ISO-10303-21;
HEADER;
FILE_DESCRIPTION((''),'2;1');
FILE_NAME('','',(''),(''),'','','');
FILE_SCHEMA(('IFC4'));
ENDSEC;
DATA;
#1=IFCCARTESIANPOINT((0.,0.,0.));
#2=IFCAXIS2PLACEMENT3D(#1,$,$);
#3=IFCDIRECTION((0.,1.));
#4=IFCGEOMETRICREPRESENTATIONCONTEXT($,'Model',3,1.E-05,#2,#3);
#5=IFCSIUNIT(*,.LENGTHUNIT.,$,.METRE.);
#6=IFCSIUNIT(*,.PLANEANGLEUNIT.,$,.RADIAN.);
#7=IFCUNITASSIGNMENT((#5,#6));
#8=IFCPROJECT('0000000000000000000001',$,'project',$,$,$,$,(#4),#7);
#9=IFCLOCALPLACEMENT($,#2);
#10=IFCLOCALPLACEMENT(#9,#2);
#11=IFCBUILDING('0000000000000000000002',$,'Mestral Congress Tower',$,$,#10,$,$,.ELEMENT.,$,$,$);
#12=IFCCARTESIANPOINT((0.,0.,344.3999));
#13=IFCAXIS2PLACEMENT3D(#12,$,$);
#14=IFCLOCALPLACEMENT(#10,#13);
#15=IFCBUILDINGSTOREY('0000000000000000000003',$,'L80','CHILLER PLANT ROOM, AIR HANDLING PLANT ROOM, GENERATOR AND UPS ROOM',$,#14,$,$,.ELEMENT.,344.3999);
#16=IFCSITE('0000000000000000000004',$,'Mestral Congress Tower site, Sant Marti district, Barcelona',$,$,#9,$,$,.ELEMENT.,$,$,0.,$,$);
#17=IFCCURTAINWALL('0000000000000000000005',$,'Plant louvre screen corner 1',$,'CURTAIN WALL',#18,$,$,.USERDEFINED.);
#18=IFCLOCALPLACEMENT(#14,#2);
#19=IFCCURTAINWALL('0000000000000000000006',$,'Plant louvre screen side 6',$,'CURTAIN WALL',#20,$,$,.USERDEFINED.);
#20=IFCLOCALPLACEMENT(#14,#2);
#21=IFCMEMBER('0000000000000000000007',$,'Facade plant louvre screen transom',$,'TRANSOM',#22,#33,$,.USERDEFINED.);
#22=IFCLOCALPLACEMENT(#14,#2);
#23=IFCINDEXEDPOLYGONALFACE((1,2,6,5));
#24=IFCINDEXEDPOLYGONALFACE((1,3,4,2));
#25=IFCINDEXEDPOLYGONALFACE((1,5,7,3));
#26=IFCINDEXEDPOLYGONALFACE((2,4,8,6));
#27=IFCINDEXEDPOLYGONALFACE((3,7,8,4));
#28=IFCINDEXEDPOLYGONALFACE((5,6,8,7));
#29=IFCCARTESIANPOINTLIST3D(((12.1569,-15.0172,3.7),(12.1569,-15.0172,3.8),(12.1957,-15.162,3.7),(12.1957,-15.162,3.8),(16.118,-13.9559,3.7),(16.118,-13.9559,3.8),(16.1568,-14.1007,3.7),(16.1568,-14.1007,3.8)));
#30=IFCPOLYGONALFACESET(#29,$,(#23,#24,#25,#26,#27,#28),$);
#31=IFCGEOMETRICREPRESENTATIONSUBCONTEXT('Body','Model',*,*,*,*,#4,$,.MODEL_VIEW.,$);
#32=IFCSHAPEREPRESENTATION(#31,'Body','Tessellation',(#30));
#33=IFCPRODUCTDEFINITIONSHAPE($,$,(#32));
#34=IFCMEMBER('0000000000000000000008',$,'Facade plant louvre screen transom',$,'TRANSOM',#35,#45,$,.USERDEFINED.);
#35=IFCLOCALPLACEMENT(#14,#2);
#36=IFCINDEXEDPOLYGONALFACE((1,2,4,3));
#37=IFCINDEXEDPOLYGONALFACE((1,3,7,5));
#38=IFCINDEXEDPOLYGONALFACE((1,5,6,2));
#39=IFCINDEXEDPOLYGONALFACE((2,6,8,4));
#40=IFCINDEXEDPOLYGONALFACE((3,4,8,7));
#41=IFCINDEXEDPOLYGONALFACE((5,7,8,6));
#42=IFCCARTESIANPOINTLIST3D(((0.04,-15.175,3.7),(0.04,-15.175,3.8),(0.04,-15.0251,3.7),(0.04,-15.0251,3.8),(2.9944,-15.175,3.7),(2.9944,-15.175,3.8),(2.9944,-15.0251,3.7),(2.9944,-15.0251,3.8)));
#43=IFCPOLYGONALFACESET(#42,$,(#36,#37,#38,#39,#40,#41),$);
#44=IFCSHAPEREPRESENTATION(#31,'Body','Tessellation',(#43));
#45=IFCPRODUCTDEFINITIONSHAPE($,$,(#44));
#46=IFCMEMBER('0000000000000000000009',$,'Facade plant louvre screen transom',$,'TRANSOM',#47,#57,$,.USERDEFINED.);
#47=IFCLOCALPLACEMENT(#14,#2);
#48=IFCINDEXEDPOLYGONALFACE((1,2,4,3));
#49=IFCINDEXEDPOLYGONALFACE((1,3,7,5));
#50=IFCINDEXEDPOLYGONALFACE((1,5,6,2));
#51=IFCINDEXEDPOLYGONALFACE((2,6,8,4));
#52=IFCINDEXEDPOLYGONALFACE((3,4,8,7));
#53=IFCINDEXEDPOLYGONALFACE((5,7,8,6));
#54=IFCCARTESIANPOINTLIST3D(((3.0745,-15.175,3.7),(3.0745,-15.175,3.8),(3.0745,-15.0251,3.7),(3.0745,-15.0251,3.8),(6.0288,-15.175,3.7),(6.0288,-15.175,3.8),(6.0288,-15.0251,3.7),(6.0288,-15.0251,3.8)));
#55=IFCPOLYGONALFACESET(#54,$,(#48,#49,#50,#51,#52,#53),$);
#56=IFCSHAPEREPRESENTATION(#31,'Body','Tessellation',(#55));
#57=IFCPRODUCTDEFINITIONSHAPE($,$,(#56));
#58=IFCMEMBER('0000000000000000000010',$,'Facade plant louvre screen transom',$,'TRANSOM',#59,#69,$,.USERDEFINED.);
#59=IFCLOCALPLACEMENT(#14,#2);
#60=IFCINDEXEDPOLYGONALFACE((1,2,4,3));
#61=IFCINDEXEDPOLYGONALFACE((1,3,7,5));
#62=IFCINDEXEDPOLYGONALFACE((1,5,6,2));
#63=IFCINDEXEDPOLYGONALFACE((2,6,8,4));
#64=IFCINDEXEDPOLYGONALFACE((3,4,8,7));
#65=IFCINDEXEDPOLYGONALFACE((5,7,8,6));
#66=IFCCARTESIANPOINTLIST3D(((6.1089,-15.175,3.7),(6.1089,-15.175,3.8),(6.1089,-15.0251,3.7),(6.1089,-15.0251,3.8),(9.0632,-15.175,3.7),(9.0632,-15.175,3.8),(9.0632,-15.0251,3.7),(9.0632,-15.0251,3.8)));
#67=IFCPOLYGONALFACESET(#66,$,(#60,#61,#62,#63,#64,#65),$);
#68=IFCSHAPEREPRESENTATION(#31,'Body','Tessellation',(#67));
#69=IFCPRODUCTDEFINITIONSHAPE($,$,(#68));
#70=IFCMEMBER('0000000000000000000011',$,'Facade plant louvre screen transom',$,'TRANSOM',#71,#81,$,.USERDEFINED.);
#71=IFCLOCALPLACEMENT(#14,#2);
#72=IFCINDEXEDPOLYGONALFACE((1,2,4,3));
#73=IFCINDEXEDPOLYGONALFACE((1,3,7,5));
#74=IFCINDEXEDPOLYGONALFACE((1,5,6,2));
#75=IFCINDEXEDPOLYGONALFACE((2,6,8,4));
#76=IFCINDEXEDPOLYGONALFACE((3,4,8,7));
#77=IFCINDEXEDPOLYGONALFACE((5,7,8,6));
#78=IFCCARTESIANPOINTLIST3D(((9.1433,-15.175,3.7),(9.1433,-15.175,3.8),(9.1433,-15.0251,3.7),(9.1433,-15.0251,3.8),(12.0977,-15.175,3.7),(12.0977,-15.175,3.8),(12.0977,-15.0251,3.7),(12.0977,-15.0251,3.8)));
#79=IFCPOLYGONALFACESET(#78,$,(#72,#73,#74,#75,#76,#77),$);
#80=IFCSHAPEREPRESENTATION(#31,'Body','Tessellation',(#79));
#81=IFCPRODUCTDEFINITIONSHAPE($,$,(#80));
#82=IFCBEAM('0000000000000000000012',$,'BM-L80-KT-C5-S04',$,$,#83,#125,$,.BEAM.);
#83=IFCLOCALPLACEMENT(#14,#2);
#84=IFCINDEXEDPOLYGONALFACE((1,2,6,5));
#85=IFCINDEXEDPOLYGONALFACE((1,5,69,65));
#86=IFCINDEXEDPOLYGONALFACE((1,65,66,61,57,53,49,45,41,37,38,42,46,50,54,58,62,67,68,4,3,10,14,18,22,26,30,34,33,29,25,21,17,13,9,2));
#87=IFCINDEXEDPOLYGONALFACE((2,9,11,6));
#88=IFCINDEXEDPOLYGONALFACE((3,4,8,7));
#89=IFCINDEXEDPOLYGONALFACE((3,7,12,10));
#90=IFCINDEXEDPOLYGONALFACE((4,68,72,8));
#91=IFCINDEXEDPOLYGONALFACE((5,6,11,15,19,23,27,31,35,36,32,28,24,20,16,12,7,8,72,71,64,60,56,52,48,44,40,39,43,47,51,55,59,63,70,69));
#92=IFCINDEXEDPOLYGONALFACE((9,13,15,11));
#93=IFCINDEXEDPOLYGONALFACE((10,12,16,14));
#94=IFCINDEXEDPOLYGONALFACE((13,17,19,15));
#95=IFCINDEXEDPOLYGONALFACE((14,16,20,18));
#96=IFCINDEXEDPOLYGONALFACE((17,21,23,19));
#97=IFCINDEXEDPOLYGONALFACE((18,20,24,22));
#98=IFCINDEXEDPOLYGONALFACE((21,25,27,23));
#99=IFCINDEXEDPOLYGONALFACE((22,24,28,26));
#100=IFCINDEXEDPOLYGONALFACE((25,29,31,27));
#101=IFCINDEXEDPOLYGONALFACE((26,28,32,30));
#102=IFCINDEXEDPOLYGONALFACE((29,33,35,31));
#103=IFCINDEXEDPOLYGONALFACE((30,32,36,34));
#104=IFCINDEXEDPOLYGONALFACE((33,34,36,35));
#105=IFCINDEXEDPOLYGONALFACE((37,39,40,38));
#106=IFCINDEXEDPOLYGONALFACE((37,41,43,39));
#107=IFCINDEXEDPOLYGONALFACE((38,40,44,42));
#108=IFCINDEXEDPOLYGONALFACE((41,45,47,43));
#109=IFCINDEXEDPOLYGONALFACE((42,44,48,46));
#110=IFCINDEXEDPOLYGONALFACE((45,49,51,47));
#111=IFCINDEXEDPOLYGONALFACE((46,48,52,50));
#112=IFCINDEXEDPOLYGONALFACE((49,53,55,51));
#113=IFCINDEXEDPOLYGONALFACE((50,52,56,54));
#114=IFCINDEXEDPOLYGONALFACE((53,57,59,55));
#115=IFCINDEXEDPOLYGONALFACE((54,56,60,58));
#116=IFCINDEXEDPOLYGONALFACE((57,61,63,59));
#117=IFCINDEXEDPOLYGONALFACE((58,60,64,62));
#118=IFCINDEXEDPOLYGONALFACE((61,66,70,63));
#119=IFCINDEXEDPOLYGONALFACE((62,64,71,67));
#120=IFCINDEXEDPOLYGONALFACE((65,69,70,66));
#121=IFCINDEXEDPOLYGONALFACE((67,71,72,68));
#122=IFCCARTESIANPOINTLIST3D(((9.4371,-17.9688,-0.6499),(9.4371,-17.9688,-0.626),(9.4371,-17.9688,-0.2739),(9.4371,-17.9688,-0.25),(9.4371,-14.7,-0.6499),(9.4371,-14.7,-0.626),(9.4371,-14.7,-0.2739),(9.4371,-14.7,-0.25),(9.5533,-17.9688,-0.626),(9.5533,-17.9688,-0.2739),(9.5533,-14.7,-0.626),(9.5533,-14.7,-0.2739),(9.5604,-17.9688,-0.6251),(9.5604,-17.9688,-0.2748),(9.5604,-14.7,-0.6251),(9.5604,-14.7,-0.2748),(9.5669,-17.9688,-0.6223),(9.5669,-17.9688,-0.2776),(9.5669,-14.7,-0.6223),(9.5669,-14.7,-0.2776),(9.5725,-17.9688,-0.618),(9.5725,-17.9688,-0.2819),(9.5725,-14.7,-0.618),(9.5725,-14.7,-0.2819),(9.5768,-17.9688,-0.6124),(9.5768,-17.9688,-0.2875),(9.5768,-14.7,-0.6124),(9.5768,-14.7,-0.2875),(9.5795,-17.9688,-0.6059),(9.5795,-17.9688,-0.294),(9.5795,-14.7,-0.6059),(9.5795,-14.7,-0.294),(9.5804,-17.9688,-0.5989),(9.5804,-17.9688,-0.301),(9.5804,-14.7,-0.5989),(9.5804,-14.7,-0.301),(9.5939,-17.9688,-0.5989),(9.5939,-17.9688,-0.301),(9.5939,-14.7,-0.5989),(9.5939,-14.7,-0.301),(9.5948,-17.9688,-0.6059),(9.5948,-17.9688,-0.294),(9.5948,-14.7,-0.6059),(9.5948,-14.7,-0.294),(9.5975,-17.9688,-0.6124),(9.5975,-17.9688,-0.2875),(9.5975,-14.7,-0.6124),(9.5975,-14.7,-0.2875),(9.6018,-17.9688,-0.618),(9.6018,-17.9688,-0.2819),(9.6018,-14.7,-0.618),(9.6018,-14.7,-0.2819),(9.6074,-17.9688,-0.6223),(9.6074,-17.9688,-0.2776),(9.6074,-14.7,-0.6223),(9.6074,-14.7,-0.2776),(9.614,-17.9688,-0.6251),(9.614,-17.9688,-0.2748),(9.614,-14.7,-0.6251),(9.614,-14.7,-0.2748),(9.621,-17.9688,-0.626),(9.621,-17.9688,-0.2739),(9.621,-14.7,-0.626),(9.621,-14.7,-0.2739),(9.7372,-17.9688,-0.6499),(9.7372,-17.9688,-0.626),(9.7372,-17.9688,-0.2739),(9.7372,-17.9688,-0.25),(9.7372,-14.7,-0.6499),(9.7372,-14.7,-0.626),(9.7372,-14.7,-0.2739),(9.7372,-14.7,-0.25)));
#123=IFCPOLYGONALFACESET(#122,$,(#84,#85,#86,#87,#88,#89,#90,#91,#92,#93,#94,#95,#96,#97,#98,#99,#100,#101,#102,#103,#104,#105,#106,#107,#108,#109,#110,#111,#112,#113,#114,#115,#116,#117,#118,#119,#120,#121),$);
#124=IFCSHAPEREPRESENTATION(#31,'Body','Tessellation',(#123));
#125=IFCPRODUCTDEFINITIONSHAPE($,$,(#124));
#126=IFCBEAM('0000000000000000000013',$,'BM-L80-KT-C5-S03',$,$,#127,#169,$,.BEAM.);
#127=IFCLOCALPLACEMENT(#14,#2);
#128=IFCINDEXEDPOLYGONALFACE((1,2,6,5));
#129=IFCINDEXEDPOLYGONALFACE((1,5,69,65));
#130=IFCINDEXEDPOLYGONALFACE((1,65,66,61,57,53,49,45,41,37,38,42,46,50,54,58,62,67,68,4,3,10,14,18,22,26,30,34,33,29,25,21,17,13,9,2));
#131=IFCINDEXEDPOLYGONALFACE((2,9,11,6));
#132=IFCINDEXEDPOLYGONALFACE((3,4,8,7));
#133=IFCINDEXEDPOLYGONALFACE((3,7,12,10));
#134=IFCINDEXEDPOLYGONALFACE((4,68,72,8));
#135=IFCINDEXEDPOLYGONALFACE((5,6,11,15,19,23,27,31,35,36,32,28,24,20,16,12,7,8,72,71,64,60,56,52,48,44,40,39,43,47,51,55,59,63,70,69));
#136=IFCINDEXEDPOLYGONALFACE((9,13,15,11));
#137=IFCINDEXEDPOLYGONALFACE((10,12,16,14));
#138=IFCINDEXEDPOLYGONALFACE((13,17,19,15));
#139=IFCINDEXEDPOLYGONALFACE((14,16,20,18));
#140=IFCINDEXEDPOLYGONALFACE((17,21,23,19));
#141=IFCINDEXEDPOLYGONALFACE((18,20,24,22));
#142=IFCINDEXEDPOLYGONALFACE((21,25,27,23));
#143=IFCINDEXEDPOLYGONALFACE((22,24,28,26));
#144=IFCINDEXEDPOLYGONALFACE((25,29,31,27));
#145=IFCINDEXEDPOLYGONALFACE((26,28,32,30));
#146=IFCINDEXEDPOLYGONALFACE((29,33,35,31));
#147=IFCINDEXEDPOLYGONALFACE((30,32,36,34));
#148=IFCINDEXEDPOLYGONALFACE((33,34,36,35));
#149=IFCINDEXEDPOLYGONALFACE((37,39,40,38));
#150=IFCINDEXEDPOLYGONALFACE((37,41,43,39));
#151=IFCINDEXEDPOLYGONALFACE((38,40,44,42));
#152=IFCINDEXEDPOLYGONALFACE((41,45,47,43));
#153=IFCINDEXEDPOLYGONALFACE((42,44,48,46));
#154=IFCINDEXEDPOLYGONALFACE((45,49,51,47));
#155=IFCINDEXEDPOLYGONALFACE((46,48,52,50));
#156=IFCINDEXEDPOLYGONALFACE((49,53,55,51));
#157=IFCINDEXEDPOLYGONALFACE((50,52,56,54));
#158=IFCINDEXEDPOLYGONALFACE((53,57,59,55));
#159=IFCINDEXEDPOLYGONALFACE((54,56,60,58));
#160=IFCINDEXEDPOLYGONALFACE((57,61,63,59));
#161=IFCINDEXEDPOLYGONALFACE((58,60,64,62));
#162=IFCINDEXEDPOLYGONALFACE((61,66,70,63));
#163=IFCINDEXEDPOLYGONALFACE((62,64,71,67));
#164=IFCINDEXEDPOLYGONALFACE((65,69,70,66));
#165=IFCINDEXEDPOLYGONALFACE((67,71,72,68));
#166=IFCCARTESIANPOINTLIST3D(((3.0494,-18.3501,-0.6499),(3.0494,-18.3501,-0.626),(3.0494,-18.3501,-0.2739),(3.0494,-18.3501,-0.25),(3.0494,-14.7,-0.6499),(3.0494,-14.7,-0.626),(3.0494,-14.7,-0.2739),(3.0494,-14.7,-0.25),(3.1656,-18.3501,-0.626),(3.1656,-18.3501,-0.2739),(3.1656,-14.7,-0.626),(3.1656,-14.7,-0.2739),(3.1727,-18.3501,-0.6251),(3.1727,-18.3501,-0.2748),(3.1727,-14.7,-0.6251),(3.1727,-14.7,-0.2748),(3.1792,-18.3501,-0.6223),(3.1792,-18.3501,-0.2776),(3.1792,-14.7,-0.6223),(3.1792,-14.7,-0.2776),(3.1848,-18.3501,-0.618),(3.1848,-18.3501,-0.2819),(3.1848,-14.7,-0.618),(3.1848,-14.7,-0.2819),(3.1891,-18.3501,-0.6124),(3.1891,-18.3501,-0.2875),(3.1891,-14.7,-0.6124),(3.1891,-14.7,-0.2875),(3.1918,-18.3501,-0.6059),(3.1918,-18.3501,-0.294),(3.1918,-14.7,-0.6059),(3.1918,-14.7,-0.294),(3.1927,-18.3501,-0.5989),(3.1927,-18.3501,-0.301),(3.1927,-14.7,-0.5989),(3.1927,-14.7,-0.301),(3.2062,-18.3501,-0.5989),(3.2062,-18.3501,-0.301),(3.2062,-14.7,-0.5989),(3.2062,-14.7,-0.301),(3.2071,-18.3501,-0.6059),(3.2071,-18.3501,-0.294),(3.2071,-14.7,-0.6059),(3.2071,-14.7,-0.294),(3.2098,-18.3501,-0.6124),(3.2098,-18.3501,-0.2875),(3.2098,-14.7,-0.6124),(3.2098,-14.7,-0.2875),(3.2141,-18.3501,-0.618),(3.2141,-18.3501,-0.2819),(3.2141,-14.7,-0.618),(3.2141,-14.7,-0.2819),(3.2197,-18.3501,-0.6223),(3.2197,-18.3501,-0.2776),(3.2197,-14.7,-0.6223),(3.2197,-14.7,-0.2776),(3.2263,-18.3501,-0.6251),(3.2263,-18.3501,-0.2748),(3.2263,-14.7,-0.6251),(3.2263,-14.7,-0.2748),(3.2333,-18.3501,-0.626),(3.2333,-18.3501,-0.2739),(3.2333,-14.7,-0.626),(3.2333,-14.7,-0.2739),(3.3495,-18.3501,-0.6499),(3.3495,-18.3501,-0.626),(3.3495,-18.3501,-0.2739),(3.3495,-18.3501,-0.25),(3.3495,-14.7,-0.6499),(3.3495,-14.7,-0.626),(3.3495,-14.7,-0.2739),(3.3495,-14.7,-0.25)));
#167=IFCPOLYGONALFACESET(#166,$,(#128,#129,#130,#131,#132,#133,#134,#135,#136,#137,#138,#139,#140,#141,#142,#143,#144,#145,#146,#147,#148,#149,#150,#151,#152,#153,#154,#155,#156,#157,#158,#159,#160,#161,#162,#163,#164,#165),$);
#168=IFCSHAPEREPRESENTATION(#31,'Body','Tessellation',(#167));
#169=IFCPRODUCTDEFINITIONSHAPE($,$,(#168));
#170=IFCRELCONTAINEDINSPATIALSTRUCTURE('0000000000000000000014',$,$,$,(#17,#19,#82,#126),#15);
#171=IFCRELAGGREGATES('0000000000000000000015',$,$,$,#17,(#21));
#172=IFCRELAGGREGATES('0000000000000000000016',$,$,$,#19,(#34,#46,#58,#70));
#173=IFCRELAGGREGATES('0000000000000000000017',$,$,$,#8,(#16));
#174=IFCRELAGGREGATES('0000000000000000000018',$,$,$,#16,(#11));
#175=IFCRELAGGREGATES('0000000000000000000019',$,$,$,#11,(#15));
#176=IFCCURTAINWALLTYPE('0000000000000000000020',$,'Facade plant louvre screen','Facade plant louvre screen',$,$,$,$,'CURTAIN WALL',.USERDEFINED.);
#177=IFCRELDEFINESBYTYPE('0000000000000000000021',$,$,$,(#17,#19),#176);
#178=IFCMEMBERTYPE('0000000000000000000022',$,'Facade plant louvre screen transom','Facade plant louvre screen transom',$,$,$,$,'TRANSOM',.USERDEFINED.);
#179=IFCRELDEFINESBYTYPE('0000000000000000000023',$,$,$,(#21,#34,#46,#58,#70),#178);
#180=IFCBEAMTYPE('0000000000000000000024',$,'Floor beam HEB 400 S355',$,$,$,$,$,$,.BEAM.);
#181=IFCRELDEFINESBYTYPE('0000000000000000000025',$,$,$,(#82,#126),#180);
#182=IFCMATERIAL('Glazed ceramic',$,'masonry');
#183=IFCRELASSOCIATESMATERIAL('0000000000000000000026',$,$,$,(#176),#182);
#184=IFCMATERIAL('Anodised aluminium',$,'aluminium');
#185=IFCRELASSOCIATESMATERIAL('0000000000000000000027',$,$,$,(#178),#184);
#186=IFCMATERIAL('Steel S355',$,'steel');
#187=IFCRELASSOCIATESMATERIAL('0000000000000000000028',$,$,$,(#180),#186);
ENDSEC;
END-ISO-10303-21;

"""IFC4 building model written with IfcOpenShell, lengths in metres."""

from ifc_helpers import new_model, si_unit, direction, frame, origin, origin_2d, place, context, subcontext, project, spatial, rectangle, i_section, extrude, material, material_profile, profile_set, type_object, element, aggregate, save


model = new_model("IFC4")

# Units and contexts
model_context = context("Model", 3, precision=1e-05, world=origin(), true_north=direction((0.0, 1.0)))
body_context = subcontext(model_context, "Body", "Model", "MODEL_VIEW")
ifc_project = project(units=[si_unit("LENGTHUNIT", "METRE"), si_unit("PLANEANGLEUNIT", "RADIAN")], contexts=[model_context])

# Site, building, storey
site_placement = place(None, origin())
site = spatial("IfcSite", under=ifc_project, at=site_placement, Name="Mestral Congress Tower site, Sant Marti district, Barcelona", CompositionType="ELEMENT", RefElevation=0.0)
building_placement = place(site_placement, origin())
building = spatial("IfcBuilding", under=site, at=building_placement, Name="Mestral Congress Tower", CompositionType="ELEMENT")
storey_placement = place(building_placement, frame((0.0, 0.0, 344.3999)))
storey = spatial("IfcBuildingStorey", under=building, at=storey_placement, Name="L80", Description="CHILLER PLANT ROOM, AIR HANDLING PLANT ROOM, GENERATOR AND UPS ROOM", CompositionType="ELEMENT", Elevation=344.3999)

# Shared definitions
ifc_material_1 = material(Name="Steel S355", Category="steel")

# Curtain wall
ifc_material_2 = material(Name="Glazed ceramic", Category="masonry")
curtain_wall_type = type_object("IfcCurtainWallType", Name="Facade plant louvre screen", Description="Facade plant louvre screen", ElementType="CURTAIN WALL", PredefinedType="USERDEFINED", material=ifc_material_2)
placement = place(storey_placement, origin())
curtain_wall_1 = element("IfcCurtainWall", 1, at=placement, inside=storey, type_object=curtain_wall_type, Name="Plant louvre screen corner 1", ObjectType="CURTAIN WALL", PredefinedType="USERDEFINED")
ifc_material_3 = material(Name="Anodised aluminium", Category="aluminium")

# Curtain wall
curtain_wall_2 = element("IfcCurtainWall", 2, at=placement, inside=storey, type_object=curtain_wall_type, Name="Plant louvre screen side 6", ObjectType="CURTAIN WALL", PredefinedType="USERDEFINED")

# Members
ifc_material_profile_1 = material_profile(ifc_material_3, rectangle(XDim=0.1499, YDim=0.1001, at=origin_2d()), Name="CW6 transom 150 x 100")
ifc_profile_set_1 = profile_set([ifc_material_profile_1], Name="Anodised aluminium")
member_type_1 = type_object("IfcMemberType", Name="Facade plant louvre screen transom", Description="Facade plant louvre screen transom", ElementType="TRANSOM", PredefinedType="USERDEFINED", material=ifc_profile_set_1)
member_1_placement = place(storey_placement, frame((12.1763, -15.0896, 3.75), z_axis=(0.965933, 0.258793, 0.0), x_axis=(-0.258793, 0.965933, 0.0)))
member_1 = element("IfcMember", 3, at=member_1_placement, type_object=member_type_1, Name="Facade plant louvre screen transom", ObjectType="TRANSOM", PredefinedType="USERDEFINED", context=body_context, shape_type="SweptSolid", body=[
    extrude(rectangle(XDim=0.1499, YDim=0.1001, at=origin_2d()), origin(), (0.0, 0.0, 1.0), 4.1008),
])
aggregate(curtain_wall_1, [member_1])
member_2_placement = place(storey_placement, frame((0.04, -15.1001, 3.75), z_axis=(1.0, 0.0, 0.0), x_axis=(0.0, 1.0, 0.0)))
member_2 = element("IfcMember", 4, at=member_2_placement, type_object=member_type_1, Name="Facade plant louvre screen transom", ObjectType="TRANSOM", PredefinedType="USERDEFINED", context=body_context, shape_type="SweptSolid", body=[
    extrude(rectangle(XDim=0.1499, YDim=0.1001, at=origin_2d()), origin(), (0.0, 0.0, 1.0), 2.9543),
])
member_3_placement = place(storey_placement, frame((3.0745, -15.1001, 3.75), z_axis=(1.0, 0.0, 0.0), x_axis=(0.0, 1.0, 0.0)))
member_3 = element("IfcMember", 5, at=member_3_placement, type_object=member_type_1, Name="Facade plant louvre screen transom", ObjectType="TRANSOM", PredefinedType="USERDEFINED", context=body_context, shape_type="SweptSolid", body=[
    extrude(rectangle(XDim=0.1499, YDim=0.1001, at=origin_2d()), origin(), (0.0, 0.0, 1.0), 2.9543),
])
member_4_placement = place(storey_placement, frame((6.1089, -15.1001, 3.75), z_axis=(1.0, 0.0, 0.0), x_axis=(0.0, 1.0, 0.0)))
member_4 = element("IfcMember", 6, at=member_4_placement, type_object=member_type_1, Name="Facade plant louvre screen transom", ObjectType="TRANSOM", PredefinedType="USERDEFINED", context=body_context, shape_type="SweptSolid", body=[
    extrude(rectangle(XDim=0.1499, YDim=0.1001, at=origin_2d()), origin(), (0.0, 0.0, 1.0), 2.9543),
])
member_5_placement = place(storey_placement, frame((9.1433, -15.1001, 3.75), z_axis=(1.0, 0.0, 0.0), x_axis=(0.0, 1.0, 0.0)))
member_5 = element("IfcMember", 7, at=member_5_placement, type_object=member_type_1, Name="Facade plant louvre screen transom", ObjectType="TRANSOM", PredefinedType="USERDEFINED", context=body_context, shape_type="SweptSolid", body=[
    extrude(rectangle(XDim=0.1499, YDim=0.1001, at=origin_2d()), origin(), (0.0, 0.0, 1.0), 2.9543),
])

# Beams
ifc_material_profile_2 = material_profile(ifc_material_1, i_section(OverallWidth=0.3, OverallDepth=0.3999, WebThickness=0.0134, FlangeThickness=0.0239, FilletRadius=0.0271, at=origin_2d()), Name="HEB 400")
ifc_profile_set_2 = profile_set([ifc_material_profile_2], Name="Steel S355")
beam_type_1 = type_object("IfcBeamType", Name="Floor beam HEB 400 S355", PredefinedType="BEAM", material=ifc_profile_set_2)
beam_1_placement = place(storey_placement, frame((9.5872, -17.9688, -0.45), z_axis=(0.0, 1.0, 0.0), x_axis=(-1.0, 0.0, 0.0)))
element("IfcBeam", 8, at=beam_1_placement, inside=storey, type_object=beam_type_1, Name="BM-L80-KT-C5-S04", PredefinedType="BEAM", context=body_context, shape_type="SweptSolid", body=[
    extrude(i_section(OverallWidth=0.3, OverallDepth=0.3999, WebThickness=0.0134, FlangeThickness=0.0239, FilletRadius=0.0271, at=origin_2d()), origin(), (0.0, 0.0, 1.0), 3.2688),
])
beam_2_placement = place(storey_placement, frame((3.1995, -18.3501, -0.45), z_axis=(0.0, 1.0, 0.0), x_axis=(-1.0, 0.0, 0.0)))
element("IfcBeam", 9, at=beam_2_placement, inside=storey, type_object=beam_type_1, Name="BM-L80-KT-C5-S03", PredefinedType="BEAM", context=body_context, shape_type="SweptSolid", body=[
    extrude(i_section(OverallWidth=0.3, OverallDepth=0.3999, WebThickness=0.0134, FlangeThickness=0.0239, FilletRadius=0.0271, at=origin_2d()), origin(), (0.0, 0.0, 1.0), 3.6501),
])

aggregate(curtain_wall_2, [member_2, member_3, member_4, member_5])

save(model, "model.ifc")
